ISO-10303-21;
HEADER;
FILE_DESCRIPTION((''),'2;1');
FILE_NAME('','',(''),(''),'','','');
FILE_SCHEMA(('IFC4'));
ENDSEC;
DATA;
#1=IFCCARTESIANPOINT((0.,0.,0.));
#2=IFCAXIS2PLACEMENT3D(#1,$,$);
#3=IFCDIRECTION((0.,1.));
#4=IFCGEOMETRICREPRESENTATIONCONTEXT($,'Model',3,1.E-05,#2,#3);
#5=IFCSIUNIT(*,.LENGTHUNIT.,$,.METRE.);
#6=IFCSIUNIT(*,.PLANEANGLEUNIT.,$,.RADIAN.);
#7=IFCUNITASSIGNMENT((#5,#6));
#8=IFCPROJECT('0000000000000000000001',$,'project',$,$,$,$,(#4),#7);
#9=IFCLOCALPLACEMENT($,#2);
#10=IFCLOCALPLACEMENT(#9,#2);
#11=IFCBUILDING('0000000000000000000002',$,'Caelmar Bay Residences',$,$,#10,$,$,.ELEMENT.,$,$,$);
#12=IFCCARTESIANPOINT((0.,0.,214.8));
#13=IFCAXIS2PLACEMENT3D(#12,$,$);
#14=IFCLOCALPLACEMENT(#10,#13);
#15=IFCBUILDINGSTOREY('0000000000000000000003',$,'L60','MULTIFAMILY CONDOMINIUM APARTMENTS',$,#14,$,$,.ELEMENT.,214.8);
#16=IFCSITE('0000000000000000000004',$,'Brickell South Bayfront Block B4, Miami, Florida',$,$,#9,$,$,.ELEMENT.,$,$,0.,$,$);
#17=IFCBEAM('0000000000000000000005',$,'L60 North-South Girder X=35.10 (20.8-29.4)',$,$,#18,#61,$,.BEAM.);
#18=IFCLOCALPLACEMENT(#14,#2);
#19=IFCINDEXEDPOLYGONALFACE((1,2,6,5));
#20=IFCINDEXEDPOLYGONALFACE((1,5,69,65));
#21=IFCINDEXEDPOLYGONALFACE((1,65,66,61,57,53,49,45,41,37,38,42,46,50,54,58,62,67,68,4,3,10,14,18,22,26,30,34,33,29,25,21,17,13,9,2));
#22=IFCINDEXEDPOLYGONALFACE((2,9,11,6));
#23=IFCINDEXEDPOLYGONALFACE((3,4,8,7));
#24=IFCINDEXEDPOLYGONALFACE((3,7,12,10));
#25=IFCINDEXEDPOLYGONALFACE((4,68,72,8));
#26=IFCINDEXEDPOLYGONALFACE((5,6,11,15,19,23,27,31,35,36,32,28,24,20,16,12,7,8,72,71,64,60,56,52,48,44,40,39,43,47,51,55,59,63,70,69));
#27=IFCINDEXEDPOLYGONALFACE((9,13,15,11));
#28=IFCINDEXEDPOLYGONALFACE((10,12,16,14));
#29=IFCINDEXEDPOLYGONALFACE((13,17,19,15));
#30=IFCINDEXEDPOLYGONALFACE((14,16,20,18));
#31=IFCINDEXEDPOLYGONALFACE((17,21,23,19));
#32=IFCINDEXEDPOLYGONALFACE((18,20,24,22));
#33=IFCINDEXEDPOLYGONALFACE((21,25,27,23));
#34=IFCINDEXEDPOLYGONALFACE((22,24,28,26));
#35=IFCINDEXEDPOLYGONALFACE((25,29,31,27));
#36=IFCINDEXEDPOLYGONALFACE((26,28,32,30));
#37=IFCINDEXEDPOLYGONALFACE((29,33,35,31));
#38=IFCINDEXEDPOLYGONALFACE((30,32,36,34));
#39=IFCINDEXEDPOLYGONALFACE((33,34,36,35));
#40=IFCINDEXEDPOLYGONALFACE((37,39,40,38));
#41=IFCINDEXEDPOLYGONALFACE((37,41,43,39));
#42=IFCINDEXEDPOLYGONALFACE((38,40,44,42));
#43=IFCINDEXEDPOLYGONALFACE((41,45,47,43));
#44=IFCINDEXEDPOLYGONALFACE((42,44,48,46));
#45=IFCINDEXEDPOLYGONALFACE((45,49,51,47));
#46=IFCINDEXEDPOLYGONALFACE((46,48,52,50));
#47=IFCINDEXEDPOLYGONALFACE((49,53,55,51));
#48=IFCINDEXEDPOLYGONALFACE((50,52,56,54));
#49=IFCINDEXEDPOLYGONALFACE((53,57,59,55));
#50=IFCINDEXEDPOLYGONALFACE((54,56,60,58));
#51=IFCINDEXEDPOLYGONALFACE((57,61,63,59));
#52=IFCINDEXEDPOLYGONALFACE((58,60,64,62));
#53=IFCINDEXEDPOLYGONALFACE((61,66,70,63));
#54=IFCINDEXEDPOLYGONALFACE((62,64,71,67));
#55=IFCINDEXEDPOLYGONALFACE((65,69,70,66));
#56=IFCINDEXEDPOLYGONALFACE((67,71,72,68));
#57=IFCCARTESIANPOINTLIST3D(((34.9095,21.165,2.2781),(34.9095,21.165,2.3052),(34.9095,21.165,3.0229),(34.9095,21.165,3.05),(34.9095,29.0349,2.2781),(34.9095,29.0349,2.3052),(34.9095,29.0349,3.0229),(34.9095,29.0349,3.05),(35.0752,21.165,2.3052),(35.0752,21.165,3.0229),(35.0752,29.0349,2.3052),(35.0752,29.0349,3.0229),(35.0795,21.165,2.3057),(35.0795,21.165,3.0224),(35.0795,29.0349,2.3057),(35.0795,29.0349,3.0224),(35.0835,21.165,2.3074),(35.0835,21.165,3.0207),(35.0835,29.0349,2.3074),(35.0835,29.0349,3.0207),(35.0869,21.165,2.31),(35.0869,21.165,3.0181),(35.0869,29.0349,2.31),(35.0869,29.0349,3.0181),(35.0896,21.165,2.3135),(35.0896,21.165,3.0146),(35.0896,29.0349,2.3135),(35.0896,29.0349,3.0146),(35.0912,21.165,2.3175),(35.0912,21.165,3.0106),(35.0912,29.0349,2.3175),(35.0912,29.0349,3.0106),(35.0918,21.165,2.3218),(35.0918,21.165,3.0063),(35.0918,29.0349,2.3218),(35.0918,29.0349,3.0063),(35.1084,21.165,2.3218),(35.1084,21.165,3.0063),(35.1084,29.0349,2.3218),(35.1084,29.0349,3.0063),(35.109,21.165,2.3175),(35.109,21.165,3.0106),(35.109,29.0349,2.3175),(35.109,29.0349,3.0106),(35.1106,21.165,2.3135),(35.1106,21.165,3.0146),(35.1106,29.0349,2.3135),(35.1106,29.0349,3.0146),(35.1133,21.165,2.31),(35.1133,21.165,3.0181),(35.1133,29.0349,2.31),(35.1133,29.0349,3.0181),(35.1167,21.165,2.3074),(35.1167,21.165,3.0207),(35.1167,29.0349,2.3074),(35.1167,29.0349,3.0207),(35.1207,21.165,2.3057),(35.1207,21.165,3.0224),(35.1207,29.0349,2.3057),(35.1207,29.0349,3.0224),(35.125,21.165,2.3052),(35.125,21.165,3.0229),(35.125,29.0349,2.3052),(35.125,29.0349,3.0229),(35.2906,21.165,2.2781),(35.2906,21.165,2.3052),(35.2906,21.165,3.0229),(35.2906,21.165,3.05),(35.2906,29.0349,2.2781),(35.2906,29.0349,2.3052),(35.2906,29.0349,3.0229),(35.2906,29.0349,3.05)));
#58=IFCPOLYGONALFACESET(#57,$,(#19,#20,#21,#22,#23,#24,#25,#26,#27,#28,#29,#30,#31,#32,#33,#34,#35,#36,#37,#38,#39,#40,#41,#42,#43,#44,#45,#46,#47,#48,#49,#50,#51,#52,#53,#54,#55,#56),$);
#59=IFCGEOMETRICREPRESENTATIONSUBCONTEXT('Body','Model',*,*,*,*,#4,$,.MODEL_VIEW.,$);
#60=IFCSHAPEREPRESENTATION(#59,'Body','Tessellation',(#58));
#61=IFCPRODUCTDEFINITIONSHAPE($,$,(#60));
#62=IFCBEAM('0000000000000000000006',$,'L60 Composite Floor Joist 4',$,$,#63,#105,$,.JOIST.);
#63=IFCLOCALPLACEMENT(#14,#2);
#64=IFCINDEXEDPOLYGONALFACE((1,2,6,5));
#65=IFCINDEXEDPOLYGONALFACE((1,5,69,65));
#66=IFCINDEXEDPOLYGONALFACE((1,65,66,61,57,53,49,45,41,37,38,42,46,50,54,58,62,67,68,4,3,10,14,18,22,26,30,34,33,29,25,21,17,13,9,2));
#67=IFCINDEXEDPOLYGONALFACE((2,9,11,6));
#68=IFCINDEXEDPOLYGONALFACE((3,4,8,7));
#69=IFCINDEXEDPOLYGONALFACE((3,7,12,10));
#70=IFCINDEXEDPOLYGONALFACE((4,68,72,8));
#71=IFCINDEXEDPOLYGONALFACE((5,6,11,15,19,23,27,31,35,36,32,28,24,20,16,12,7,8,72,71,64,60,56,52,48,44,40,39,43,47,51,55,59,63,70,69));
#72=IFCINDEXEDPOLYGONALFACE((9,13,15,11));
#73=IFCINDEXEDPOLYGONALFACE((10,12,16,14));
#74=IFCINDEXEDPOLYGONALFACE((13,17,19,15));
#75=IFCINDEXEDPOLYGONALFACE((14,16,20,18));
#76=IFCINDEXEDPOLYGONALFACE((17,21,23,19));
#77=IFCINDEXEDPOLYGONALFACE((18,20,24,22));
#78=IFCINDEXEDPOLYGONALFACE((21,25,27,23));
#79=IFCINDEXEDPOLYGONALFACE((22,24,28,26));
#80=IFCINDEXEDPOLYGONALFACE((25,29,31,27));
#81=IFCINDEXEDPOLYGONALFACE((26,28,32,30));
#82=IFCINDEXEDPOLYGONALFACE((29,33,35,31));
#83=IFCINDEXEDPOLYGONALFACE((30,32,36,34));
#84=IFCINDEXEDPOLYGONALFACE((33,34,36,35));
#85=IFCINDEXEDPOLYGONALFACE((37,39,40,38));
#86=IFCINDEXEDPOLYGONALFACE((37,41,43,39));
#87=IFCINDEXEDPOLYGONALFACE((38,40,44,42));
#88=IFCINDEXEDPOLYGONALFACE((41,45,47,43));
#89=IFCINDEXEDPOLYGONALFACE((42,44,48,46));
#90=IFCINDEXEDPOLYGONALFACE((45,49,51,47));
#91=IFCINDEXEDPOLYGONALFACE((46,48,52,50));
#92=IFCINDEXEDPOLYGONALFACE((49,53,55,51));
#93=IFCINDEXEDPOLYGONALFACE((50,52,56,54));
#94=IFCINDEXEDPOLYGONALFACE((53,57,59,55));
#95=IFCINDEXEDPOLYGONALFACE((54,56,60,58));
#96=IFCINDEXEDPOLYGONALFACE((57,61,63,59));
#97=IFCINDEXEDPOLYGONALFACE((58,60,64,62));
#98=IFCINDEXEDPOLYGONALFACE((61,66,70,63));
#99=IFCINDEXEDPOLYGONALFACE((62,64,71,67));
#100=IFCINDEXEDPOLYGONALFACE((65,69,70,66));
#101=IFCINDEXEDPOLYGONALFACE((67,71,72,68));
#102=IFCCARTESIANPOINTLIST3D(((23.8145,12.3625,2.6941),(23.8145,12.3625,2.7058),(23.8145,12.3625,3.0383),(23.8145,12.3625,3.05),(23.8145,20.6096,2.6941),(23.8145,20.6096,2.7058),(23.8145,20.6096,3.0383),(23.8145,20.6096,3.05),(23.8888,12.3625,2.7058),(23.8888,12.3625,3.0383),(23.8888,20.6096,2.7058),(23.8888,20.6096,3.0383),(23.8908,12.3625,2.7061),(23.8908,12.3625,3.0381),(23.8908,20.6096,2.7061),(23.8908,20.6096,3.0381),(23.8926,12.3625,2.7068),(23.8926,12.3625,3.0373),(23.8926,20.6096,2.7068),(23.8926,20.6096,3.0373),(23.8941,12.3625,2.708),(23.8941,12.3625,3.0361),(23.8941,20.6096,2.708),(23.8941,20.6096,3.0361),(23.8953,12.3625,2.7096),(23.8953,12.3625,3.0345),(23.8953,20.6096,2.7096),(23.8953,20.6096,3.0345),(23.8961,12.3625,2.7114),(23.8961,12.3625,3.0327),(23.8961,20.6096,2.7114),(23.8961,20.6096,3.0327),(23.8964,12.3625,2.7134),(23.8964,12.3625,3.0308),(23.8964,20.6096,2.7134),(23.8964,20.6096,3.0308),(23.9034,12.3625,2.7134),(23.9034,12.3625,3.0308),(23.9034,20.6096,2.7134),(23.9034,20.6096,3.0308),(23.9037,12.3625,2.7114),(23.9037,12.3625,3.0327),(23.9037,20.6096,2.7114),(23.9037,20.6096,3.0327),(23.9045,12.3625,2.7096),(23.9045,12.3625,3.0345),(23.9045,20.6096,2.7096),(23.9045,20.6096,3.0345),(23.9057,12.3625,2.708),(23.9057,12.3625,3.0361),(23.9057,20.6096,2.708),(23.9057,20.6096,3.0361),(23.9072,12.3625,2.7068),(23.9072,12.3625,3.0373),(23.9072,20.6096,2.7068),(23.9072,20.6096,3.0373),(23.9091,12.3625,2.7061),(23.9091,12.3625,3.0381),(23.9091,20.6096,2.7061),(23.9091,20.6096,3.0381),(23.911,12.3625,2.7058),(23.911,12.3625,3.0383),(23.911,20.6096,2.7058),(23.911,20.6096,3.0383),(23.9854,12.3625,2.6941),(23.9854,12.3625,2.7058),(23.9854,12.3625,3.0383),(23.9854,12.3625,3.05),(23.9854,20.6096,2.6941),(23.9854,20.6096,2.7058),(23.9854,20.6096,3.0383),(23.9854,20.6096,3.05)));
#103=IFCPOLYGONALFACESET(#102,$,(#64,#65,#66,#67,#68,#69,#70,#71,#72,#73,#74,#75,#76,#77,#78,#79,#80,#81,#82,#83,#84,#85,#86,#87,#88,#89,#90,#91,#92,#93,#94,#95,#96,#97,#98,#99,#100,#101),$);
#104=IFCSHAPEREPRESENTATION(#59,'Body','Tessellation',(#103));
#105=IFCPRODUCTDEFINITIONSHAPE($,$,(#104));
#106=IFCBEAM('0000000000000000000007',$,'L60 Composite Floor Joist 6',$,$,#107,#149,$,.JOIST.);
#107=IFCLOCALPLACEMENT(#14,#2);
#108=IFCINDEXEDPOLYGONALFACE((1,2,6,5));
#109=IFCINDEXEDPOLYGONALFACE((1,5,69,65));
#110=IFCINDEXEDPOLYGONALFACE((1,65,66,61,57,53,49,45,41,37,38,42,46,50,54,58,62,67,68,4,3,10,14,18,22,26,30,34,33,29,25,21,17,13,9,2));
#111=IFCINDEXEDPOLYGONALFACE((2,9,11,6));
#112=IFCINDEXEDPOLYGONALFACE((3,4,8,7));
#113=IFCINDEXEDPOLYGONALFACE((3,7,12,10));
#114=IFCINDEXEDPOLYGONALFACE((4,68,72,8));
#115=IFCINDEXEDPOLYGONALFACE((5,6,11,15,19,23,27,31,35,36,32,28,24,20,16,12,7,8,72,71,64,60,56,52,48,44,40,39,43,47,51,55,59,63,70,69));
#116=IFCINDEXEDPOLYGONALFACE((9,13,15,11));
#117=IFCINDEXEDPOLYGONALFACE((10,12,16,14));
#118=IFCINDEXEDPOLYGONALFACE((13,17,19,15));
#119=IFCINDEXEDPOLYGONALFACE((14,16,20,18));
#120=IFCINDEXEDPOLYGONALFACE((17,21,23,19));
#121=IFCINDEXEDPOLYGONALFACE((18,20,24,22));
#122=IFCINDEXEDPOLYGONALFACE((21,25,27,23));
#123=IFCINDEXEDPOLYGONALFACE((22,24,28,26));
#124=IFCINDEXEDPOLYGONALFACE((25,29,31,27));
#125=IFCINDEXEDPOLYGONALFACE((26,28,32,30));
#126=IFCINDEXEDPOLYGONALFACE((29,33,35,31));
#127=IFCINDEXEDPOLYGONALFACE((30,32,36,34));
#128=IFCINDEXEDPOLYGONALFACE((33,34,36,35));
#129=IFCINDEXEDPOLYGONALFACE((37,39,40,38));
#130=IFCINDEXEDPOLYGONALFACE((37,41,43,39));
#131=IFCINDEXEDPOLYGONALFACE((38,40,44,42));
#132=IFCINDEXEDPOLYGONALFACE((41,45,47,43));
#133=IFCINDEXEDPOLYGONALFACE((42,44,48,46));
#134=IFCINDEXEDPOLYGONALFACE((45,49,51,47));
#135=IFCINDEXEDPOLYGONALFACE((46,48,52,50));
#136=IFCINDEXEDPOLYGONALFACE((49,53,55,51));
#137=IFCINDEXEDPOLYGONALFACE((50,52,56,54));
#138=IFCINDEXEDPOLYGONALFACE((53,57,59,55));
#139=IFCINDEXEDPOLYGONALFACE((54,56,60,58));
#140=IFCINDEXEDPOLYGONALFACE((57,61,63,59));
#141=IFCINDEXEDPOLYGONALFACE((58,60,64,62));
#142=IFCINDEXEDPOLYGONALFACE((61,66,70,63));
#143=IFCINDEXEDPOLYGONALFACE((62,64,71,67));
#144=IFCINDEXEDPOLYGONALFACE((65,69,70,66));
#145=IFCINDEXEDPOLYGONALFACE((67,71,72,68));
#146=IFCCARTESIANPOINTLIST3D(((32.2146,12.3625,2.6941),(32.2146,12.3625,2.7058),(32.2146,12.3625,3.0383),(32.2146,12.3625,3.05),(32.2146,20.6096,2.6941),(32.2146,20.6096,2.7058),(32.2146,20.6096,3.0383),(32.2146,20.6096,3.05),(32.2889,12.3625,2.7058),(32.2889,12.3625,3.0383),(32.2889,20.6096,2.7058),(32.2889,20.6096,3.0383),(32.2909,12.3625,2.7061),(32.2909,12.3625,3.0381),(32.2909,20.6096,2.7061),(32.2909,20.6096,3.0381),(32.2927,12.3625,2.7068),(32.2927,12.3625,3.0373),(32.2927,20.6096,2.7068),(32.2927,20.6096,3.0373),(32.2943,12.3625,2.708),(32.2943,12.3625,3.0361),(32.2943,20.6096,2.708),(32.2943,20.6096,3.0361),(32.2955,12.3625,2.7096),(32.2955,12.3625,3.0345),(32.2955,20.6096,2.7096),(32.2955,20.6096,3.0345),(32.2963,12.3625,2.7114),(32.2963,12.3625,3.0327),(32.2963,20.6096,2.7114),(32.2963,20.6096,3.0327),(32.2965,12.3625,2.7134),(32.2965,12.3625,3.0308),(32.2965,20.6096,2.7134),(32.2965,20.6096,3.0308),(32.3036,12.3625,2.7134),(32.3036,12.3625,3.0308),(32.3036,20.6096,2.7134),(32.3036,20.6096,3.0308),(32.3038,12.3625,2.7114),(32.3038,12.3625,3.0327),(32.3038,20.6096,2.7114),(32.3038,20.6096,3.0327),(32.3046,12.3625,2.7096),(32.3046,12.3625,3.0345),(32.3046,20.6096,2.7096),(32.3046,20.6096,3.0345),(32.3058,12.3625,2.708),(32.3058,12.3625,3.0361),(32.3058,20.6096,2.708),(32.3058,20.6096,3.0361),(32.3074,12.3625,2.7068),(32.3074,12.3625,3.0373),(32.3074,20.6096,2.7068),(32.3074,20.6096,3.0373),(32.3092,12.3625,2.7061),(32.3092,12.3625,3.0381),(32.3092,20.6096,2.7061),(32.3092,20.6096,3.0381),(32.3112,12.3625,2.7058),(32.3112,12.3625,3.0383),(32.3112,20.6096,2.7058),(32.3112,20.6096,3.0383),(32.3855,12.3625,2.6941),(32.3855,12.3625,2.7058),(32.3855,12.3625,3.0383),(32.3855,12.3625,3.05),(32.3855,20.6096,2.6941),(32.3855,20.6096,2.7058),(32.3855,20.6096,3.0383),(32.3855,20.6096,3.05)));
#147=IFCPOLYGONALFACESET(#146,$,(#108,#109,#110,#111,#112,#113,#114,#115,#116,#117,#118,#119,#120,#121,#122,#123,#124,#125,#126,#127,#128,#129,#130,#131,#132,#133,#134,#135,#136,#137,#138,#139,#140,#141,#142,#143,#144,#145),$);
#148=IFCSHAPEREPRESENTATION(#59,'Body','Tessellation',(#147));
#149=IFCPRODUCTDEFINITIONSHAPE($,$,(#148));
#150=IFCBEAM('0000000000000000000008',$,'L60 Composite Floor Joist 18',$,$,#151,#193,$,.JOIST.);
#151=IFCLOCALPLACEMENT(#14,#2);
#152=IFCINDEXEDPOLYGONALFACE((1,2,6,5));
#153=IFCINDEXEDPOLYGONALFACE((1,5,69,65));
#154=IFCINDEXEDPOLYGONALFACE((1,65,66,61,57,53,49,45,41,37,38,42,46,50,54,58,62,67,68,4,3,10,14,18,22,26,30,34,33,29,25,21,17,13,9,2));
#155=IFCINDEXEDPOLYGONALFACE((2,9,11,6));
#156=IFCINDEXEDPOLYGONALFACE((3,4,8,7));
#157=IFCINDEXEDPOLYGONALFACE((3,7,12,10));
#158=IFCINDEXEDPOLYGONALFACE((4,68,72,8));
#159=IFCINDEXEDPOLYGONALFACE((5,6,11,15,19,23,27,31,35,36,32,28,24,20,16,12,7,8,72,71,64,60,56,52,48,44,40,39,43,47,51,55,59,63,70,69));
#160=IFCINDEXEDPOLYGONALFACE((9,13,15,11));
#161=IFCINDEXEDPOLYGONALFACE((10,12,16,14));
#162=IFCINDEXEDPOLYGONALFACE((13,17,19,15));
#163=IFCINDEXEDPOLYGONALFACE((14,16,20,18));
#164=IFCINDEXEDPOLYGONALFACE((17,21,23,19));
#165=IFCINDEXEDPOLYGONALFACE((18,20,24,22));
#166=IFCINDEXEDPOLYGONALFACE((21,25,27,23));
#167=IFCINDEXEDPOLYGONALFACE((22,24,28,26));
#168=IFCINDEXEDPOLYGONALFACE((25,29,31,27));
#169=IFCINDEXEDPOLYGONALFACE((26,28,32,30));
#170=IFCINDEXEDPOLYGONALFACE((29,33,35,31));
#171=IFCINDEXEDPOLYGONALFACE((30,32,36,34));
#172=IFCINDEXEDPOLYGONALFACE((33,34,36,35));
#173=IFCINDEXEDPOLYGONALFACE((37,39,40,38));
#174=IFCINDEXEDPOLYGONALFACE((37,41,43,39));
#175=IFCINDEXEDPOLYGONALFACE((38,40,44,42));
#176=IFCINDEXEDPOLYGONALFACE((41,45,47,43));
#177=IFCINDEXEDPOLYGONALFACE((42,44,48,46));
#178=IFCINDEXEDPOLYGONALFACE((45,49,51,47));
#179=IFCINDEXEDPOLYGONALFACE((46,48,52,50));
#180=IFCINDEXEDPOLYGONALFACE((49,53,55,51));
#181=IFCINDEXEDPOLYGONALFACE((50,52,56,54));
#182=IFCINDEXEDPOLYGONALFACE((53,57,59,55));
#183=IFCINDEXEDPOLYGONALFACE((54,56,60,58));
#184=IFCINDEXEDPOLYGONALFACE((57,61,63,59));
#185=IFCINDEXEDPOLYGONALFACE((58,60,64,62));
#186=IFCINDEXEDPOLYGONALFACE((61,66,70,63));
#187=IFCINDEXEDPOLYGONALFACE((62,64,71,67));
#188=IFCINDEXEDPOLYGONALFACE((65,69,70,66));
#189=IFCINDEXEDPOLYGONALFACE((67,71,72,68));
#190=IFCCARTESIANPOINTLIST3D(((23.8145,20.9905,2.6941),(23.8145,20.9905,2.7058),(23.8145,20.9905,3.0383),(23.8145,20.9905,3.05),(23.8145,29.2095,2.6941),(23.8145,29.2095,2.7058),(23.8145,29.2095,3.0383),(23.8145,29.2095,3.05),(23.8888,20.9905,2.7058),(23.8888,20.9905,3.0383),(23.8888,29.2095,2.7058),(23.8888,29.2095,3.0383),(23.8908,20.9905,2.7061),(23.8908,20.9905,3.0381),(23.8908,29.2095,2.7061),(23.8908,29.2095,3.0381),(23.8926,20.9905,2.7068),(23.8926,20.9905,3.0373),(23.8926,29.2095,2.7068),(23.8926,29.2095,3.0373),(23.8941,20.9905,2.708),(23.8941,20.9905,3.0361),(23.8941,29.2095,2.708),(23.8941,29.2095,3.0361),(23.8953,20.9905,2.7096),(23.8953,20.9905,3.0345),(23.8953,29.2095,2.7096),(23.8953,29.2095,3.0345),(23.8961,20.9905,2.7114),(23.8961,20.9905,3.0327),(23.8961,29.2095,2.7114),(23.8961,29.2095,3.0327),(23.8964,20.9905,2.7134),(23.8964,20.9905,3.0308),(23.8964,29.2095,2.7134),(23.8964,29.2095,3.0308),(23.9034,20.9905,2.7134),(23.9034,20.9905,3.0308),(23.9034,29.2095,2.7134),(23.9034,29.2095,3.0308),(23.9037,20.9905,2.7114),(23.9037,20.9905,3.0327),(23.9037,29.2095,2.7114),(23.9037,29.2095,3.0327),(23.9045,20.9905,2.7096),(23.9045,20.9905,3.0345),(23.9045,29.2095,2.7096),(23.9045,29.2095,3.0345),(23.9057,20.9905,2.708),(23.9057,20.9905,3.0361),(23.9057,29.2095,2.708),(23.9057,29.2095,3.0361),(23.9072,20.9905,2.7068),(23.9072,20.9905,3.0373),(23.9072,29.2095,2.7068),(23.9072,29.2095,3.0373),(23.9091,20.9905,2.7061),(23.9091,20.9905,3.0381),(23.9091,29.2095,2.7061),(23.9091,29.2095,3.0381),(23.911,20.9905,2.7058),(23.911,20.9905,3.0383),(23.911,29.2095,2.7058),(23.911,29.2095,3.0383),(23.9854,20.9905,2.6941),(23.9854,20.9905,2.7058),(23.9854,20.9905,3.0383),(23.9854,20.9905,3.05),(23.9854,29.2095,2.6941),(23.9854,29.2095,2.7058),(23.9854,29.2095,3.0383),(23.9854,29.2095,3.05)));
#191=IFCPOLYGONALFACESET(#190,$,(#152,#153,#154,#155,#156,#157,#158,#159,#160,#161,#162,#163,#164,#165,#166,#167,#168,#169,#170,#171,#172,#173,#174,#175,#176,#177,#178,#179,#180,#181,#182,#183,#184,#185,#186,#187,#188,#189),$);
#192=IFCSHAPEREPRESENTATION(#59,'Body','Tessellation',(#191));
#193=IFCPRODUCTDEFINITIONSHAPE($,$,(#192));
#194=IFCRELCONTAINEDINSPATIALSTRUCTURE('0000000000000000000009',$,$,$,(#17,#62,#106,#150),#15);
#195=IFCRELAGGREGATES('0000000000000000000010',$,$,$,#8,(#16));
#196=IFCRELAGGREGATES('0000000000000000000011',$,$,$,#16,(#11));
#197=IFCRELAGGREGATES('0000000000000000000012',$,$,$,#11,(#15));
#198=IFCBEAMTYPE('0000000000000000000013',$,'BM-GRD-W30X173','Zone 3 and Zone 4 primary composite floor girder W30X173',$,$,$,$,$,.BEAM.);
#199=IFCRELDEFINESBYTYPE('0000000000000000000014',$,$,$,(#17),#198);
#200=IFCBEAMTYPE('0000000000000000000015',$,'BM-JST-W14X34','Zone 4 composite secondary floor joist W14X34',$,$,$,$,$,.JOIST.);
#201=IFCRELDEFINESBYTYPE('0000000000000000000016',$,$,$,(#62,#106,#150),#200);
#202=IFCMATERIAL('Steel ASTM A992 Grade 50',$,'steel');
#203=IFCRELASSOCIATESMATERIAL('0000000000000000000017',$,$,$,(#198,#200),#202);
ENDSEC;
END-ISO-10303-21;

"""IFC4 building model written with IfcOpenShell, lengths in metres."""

from ifc_helpers import new_model, si_unit, direction, frame, origin, origin_2d, place, context, subcontext, project, spatial, i_section, extrude, material, material_profile, profile_set, type_object, element, save


model = new_model("IFC4")

# Units and contexts
model_context = context("Model", 3, precision=1e-05, world=origin(), true_north=direction((0.0, 1.0)))
body_context = subcontext(model_context, "Body", "Model", "MODEL_VIEW")
ifc_project = project(units=[si_unit("LENGTHUNIT", "METRE"), si_unit("PLANEANGLEUNIT", "RADIAN")], contexts=[model_context])

# Site, building, storey
site_placement = place(None, origin())
site = spatial("IfcSite", under=ifc_project, at=site_placement, Name="Brickell South Bayfront Block B4, Miami, Florida", CompositionType="ELEMENT", RefElevation=0.0)
building_placement = place(site_placement, origin())
building = spatial("IfcBuilding", under=site, at=building_placement, Name="Caelmar Bay Residences", CompositionType="ELEMENT")
storey_placement = place(building_placement, frame((0.0, 0.0, 214.8)))
storey = spatial("IfcBuildingStorey", under=building, at=storey_placement, Name="L60", Description="MULTIFAMILY CONDOMINIUM APARTMENTS", CompositionType="ELEMENT", Elevation=214.8)

# Beams
ifc_material_1 = material(Name="Steel ASTM A992 Grade 50", Category="steel")
ifc_material_profile_1 = material_profile(ifc_material_1, i_section(OverallWidth=0.3811, OverallDepth=0.772, WebThickness=0.0166, FlangeThickness=0.0271, FilletRadius=0.0166, at=origin_2d()), Name="W30X173")
ifc_profile_set_1 = profile_set([ifc_material_profile_1], Name="Steel ASTM A992 Grade 50")
beam_type_1 = type_object("IfcBeamType", Name="BM-GRD-W30X173", Description="Zone 3 and Zone 4 primary composite floor girder W30X173", PredefinedType="BEAM", material=ifc_profile_set_1)
beam_1_placement = place(storey_placement, frame((35.1001, 21.165, 2.6641), z_axis=(0.0, 1.0, 0.0), x_axis=(-1.0, 0.0, 0.0)))
element("IfcBeam", 1, at=beam_1_placement, inside=storey, type_object=beam_type_1, Name="L60 North-South Girder X=35.10 (20.8-29.4)", PredefinedType="BEAM", context=body_context, shape_type="SweptSolid", body=[
    extrude(i_section(OverallWidth=0.3811, OverallDepth=0.772, WebThickness=0.0166, FlangeThickness=0.0271, FilletRadius=0.0166, at=origin_2d()), origin(), (0.0, 0.0, 1.0), 7.8699),
])
ifc_material_profile_2 = material_profile(ifc_material_1, i_section(OverallWidth=0.1709, OverallDepth=0.356, WebThickness=0.0071, FlangeThickness=0.0117, FilletRadius=0.0076, at=origin_2d()), Name="W14X34")
ifc_profile_set_2 = profile_set([ifc_material_profile_2], Name="Steel ASTM A992 Grade 50")
beam_type_2 = type_object("IfcBeamType", Name="BM-JST-W14X34", Description="Zone 4 composite secondary floor joist W14X34", PredefinedType="JOIST", material=ifc_profile_set_2)
for number, where, z_axis, x_axis, name in (
    (2, (23.8999, 12.3625, 2.8721), (0.0, 1.0, 0.0), (-1.0, 0.0, 0.0), "L60 Composite Floor Joist 4"),
    (3, (32.3, 12.3625, 2.8721), (0.0, 1.0, 0.0), (-1.0, 0.0, 0.0), "L60 Composite Floor Joist 6"),
):
    element("IfcBeam", number, at=place(storey_placement, frame(where, z_axis=z_axis, x_axis=x_axis)), inside=storey, type_object=beam_type_2, Name=name, PredefinedType="JOIST", context=body_context, shape_type="SweptSolid", body=[
        extrude(i_section(OverallWidth=0.1709, OverallDepth=0.356, WebThickness=0.0071, FlangeThickness=0.0117, FilletRadius=0.0076, at=origin_2d()), origin(), (0.0, 0.0, 1.0), 8.2471),
    ])
for number, where, z_axis, x_axis, name in (
    (4, (23.8999, 20.9905, 2.8721), (0.0, 1.0, 0.0), (-1.0, 0.0, 0.0), "L60 Composite Floor Joist 18"),
):
    element("IfcBeam", number, at=place(storey_placement, frame(where, z_axis=z_axis, x_axis=x_axis)), inside=storey, type_object=beam_type_2, Name=name, PredefinedType="JOIST", context=body_context, shape_type="SweptSolid", body=[
        extrude(i_section(OverallWidth=0.1709, OverallDepth=0.356, WebThickness=0.0071, FlangeThickness=0.0117, FilletRadius=0.0076, at=origin_2d()), origin(), (0.0, 0.0, 1.0), 8.219),
    ])

save(model, "model.ifc")
